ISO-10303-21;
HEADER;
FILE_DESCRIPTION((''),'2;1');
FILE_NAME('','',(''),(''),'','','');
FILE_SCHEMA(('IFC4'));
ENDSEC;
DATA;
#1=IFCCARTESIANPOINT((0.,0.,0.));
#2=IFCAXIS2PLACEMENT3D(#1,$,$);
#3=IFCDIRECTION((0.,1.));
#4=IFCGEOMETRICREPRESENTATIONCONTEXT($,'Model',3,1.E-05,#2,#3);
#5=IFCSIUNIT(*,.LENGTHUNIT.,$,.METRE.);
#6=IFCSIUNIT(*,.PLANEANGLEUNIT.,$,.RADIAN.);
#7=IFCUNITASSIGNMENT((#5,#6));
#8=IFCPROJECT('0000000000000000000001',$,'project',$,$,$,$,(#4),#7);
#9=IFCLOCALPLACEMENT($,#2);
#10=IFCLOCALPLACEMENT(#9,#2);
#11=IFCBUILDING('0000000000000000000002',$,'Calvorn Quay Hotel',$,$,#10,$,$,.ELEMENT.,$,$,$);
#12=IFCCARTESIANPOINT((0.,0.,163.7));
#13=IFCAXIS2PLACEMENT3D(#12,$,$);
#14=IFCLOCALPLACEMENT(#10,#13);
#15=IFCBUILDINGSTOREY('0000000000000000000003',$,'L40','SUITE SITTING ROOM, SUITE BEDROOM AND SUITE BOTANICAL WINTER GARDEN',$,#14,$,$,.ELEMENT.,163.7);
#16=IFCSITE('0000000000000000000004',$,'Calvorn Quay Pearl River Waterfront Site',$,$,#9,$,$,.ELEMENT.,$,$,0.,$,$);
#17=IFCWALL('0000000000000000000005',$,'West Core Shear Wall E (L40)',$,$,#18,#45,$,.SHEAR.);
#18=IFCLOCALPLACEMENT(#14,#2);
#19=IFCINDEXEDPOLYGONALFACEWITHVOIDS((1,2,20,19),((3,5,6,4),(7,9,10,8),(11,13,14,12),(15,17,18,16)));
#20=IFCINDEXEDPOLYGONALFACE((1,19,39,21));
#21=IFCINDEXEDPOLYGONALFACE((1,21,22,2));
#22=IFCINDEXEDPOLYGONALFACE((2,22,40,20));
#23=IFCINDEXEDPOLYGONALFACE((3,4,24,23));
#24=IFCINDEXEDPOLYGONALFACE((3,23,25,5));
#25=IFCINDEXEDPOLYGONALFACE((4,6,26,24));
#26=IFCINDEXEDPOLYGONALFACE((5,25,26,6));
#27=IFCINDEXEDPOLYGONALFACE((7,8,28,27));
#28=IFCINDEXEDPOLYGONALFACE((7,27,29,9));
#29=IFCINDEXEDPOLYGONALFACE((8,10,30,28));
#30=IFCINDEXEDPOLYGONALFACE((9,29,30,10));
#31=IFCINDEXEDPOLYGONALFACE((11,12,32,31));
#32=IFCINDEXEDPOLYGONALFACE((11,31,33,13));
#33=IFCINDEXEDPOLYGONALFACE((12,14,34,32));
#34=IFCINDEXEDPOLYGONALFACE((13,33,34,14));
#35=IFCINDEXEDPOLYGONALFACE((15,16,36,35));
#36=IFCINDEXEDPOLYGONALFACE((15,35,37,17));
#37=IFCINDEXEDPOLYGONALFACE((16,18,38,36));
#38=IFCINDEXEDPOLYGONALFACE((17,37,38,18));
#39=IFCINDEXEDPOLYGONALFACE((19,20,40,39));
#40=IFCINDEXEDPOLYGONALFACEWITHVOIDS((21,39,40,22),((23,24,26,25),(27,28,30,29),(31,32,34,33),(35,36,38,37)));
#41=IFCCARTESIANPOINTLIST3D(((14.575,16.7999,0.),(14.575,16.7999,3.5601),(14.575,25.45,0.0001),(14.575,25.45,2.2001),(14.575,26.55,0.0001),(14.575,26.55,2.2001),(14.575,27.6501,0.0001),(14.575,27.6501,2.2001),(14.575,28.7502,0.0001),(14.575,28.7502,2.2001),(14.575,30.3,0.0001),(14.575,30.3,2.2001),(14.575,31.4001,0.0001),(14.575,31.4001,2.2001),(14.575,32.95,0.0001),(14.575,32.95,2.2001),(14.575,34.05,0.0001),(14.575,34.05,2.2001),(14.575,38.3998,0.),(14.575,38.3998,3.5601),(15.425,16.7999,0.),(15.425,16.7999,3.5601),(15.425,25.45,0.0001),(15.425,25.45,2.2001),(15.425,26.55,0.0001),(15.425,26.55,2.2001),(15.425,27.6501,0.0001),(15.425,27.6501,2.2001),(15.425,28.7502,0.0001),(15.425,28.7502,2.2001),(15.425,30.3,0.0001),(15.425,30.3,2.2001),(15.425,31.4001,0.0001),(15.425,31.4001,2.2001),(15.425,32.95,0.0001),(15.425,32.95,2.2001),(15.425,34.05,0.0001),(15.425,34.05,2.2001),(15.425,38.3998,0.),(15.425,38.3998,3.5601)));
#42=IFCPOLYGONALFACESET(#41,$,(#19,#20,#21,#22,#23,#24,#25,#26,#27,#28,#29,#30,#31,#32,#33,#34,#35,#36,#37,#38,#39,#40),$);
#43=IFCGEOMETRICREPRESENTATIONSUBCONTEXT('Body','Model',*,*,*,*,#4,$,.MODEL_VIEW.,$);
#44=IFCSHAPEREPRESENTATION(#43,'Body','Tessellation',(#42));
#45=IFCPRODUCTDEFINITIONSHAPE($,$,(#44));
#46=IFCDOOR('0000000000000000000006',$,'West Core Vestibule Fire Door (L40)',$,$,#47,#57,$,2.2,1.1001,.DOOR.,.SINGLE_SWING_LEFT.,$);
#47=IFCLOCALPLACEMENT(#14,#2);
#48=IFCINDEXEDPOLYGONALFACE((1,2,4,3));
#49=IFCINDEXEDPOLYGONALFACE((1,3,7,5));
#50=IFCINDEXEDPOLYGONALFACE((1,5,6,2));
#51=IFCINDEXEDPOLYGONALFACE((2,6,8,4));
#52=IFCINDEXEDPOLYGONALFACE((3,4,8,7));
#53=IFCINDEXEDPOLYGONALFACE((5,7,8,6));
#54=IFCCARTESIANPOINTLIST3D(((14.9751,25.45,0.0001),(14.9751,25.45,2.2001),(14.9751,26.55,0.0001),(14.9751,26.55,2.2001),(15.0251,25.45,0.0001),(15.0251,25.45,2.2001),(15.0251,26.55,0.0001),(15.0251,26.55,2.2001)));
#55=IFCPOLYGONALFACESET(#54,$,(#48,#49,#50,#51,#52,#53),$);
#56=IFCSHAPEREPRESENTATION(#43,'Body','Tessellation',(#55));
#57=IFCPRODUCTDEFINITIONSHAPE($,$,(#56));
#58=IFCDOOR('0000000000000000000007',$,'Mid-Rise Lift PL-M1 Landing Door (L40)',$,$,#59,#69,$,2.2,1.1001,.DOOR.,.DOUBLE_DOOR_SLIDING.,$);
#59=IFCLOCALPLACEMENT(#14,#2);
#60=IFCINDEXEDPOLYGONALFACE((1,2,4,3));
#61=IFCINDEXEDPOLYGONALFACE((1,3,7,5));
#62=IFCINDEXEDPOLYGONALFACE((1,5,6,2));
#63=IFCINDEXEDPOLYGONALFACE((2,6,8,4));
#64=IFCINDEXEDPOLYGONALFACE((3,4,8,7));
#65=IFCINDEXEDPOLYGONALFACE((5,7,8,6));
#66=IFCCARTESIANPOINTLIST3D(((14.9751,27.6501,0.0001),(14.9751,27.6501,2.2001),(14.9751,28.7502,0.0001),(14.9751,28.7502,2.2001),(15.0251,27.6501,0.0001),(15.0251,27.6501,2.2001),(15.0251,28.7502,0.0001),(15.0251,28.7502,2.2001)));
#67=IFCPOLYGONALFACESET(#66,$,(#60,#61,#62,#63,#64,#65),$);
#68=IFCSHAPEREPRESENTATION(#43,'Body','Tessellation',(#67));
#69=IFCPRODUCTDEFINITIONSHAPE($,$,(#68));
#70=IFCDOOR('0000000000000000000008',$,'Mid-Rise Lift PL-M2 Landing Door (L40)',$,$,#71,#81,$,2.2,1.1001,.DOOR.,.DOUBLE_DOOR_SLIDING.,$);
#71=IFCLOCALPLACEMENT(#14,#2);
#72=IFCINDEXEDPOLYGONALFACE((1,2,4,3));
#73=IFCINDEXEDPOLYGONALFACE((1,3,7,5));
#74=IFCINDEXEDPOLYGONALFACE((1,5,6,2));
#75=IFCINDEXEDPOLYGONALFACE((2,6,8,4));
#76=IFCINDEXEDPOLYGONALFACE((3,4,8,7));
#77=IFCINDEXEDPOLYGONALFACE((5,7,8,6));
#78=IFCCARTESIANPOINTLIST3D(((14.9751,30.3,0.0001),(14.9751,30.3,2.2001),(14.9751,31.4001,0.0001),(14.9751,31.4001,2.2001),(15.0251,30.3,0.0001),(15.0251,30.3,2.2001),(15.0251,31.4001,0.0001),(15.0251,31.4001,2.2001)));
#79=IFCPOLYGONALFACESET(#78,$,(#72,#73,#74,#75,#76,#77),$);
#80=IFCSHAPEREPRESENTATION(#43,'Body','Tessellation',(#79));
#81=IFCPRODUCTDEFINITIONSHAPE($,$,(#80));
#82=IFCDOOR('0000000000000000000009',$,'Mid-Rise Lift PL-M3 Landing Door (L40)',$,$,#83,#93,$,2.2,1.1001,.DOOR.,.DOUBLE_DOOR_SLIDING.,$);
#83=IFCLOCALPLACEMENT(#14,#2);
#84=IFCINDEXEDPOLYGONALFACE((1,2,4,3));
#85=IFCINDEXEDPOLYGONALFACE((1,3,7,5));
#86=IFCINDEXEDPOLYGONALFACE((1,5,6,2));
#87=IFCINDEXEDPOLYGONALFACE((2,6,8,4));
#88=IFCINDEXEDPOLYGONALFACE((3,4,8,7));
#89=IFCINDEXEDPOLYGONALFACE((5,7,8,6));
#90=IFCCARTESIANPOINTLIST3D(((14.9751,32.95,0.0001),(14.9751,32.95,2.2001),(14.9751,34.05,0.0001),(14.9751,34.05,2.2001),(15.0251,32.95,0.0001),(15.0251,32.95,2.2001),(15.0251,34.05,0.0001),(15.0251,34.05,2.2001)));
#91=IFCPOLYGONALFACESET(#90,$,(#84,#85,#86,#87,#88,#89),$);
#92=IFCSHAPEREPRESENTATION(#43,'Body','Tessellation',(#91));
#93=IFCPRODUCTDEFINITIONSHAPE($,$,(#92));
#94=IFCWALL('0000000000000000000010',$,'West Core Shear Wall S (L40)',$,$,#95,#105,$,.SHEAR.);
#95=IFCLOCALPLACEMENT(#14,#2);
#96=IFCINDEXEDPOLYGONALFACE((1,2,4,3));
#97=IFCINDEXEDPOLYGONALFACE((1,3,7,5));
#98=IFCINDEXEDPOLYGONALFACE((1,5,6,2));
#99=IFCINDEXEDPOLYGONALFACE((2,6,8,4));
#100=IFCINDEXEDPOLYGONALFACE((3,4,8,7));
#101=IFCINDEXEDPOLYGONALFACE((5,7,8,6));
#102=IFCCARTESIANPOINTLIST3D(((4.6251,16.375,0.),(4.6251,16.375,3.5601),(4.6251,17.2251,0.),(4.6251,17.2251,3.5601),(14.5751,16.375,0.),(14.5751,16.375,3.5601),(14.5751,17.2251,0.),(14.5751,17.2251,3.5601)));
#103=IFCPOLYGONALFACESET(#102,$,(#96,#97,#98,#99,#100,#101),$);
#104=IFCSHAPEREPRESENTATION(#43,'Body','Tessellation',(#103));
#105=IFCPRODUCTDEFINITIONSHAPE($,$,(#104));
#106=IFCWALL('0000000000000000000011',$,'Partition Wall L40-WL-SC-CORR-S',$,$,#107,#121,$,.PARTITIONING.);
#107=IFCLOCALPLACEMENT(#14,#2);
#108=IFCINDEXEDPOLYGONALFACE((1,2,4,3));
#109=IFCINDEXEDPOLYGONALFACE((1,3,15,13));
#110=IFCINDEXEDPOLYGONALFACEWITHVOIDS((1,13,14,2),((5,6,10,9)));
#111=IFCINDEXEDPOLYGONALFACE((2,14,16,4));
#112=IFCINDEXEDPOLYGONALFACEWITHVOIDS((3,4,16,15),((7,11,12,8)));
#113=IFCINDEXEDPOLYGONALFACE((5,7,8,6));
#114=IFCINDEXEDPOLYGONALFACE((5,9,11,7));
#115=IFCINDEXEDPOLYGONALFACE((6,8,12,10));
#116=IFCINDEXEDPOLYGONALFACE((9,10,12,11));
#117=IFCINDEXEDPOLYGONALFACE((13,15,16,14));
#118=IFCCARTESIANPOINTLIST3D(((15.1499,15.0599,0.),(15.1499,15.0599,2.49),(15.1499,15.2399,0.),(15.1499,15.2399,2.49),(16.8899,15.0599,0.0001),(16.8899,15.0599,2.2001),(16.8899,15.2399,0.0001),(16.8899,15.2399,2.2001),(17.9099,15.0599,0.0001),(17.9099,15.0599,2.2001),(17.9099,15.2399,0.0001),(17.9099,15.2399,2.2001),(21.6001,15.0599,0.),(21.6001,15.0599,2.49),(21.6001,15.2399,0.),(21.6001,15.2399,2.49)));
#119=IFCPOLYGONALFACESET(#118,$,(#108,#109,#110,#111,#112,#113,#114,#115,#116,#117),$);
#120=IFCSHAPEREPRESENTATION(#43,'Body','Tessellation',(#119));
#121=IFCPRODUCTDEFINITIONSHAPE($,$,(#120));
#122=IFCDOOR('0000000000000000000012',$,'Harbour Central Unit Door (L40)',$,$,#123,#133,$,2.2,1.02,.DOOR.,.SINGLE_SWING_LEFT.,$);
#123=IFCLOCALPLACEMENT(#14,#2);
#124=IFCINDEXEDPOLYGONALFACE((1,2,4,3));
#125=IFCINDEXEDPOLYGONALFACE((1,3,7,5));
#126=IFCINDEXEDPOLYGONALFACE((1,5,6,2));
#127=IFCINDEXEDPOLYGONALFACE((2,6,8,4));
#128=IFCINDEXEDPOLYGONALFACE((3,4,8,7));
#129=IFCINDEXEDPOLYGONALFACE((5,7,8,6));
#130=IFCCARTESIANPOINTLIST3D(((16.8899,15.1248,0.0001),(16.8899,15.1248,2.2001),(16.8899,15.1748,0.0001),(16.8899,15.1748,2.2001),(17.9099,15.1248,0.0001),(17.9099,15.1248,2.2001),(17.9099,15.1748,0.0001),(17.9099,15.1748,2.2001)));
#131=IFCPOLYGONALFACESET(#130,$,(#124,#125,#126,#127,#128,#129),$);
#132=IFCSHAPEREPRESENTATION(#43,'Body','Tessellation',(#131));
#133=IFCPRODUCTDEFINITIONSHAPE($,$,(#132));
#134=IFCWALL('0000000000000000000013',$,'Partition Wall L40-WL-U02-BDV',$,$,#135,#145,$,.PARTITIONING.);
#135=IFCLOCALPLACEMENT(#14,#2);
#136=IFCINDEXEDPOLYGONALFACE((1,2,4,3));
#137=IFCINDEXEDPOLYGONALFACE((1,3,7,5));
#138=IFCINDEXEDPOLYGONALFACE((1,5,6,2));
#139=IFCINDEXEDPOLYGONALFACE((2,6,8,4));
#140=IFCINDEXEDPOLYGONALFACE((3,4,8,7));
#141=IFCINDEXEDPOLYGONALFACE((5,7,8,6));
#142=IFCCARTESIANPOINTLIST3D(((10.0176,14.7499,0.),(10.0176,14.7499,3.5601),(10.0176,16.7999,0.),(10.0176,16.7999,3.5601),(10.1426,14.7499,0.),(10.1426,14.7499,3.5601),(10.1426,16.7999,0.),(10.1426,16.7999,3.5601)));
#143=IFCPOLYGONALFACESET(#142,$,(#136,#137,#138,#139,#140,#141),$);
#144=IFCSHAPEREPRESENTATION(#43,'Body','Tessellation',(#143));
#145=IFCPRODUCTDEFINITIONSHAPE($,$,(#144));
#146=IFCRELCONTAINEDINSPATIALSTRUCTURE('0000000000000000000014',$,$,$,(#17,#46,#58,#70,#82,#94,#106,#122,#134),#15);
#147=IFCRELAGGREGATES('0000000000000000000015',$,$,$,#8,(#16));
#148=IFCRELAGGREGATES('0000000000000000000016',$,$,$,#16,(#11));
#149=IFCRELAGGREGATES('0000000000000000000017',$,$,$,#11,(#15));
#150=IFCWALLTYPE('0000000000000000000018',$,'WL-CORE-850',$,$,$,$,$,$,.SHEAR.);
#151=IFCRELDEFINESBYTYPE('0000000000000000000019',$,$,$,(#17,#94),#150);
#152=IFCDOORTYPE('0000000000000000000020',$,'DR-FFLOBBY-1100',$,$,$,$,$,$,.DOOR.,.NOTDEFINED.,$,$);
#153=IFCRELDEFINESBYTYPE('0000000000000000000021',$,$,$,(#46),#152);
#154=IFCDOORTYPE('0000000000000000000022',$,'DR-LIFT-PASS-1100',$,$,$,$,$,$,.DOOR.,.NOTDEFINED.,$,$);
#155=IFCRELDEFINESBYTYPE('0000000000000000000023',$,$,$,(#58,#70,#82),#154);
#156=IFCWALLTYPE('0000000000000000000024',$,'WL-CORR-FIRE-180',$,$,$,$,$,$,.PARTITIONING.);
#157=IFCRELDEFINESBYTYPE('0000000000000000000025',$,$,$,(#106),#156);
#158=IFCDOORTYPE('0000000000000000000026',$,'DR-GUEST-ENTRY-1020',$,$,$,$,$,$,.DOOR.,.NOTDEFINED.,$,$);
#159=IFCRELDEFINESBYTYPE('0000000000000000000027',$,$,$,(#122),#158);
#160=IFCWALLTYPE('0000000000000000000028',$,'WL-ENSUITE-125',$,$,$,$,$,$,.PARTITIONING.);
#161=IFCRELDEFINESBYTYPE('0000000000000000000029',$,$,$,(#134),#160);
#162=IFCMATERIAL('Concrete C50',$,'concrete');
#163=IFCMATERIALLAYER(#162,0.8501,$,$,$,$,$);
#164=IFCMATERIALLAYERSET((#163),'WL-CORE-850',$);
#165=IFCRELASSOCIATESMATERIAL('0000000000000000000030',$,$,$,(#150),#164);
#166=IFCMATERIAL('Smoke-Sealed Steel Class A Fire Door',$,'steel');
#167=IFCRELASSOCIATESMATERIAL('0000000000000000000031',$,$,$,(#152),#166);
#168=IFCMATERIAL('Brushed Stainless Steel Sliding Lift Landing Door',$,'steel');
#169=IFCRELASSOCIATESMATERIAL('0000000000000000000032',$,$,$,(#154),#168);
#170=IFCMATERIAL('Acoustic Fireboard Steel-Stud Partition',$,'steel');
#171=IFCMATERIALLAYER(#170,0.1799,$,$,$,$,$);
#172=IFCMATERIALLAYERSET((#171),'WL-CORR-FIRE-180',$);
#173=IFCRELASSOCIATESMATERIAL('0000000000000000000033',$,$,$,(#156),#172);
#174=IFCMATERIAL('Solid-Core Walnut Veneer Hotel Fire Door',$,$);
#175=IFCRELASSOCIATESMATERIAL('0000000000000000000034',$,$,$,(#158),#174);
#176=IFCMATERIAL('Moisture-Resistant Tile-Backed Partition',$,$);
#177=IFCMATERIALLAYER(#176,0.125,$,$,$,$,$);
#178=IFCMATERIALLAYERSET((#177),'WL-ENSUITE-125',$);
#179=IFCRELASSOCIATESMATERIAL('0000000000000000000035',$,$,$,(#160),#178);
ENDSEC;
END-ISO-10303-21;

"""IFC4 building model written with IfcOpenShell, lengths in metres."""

from ifc_helpers import new_model, si_unit, direction, frame, frame_2d, origin, place, context, subcontext, project, spatial, rectangle, extrude, material, layer, layer_set, type_object, element, fill, save


model = new_model("IFC4")

# Units and contexts
model_context = context("Model", 3, precision=1e-05, world=origin(), true_north=direction((0.0, 1.0)))
body_context = subcontext(model_context, "Body", "Model", "MODEL_VIEW")
ifc_project = project(units=[si_unit("LENGTHUNIT", "METRE"), si_unit("PLANEANGLEUNIT", "RADIAN")], contexts=[model_context])

# Site, building, storey
site_placement = place(None, origin())
site = spatial("IfcSite", under=ifc_project, at=site_placement, Name="Calvorn Quay Pearl River Waterfront Site", CompositionType="ELEMENT", RefElevation=0.0)
building_placement = place(site_placement, origin())
building = spatial("IfcBuilding", under=site, at=building_placement, Name="Calvorn Quay Hotel", CompositionType="ELEMENT")
storey_placement = place(building_placement, frame((0.0, 0.0, 163.7)))
storey = spatial("IfcBuildingStorey", under=building, at=storey_placement, Name="L40", Description="SUITE SITTING ROOM, SUITE BEDROOM AND SUITE BOTANICAL WINTER GARDEN", CompositionType="ELEMENT", Elevation=163.7)

# Shared definitions
ifc_material_1 = material(Name="Concrete C50", Category="concrete")
ifc_layer_1 = layer(ifc_material_1, 0.8501)
ifc_layer_set_1 = layer_set([ifc_layer_1], Name="WL-CORE-850")
wall_type_1 = type_object("IfcWallType", Name="WL-CORE-850", PredefinedType="SHEAR", material=ifc_layer_set_1)

# Wall, openings, doors
wall_1_placement = place(storey_placement, frame((15.0, 16.8, 0.0), z_axis=(0.0, 0.0, 1.0), x_axis=(0.0, 1.0, 0.0)))
wall_1 = element("IfcWall", 1, at=wall_1_placement, inside=storey, type_object=wall_type_1, Name="West Core Shear Wall E (L40)", PredefinedType="SHEAR", context=body_context, shape_type="SweptSolid", body=[
    extrude(rectangle(XDim=21.5999, YDim=0.8501, at=frame_2d((10.7998, 0.0))), origin(), (0.0, 0.0, 1.0), 3.5601),
])
opening_1_placement = place(wall_1_placement, frame((8.6499, 0.0, 0.0)))
opening_1 = element("IfcOpeningElement", 2, at=opening_1_placement, cuts=wall_1, PredefinedType="OPENING", context=body_context, shape_type="SweptSolid", body=[
    extrude(rectangle(XDim=1.1001, YDim=2.2, at=frame_2d((0.55, 1.1001))), frame((0.0, 0.4351, 0.0), z_axis=(0.0, -1.0, 0.0), x_axis=(1.0, 0.0, 0.0)), (0.0, 0.0, 1.0), 0.8701),
])
opening_2_placement = place(wall_1_placement, frame((10.8501, 0.0, 0.0)))
opening_2 = element("IfcOpeningElement", 3, at=opening_2_placement, cuts=wall_1, PredefinedType="OPENING", context=body_context, shape_type="SweptSolid", body=[
    extrude(rectangle(XDim=1.1001, YDim=2.2, at=frame_2d((0.55, 1.1001))), frame((0.0, 0.4351, 0.0), z_axis=(0.0, -1.0, 0.0), x_axis=(1.0, 0.0, 0.0)), (0.0, 0.0, 1.0), 0.8701),
])
opening_3_placement = place(wall_1_placement, frame((13.5, 0.0, 0.0)))
opening_3 = element("IfcOpeningElement", 4, at=opening_3_placement, cuts=wall_1, PredefinedType="OPENING", context=body_context, shape_type="SweptSolid", body=[
    extrude(rectangle(XDim=1.1001, YDim=2.2, at=frame_2d((0.55, 1.1001))), frame((0.0, 0.4351, 0.0), z_axis=(0.0, -1.0, 0.0), x_axis=(1.0, 0.0, 0.0)), (0.0, 0.0, 1.0), 0.8701),
])
opening_4_placement = place(wall_1_placement, frame((16.1499, 0.0, 0.0)))
opening_4 = element("IfcOpeningElement", 5, at=opening_4_placement, cuts=wall_1, PredefinedType="OPENING", context=body_context, shape_type="SweptSolid", body=[
    extrude(rectangle(XDim=1.1001, YDim=2.2, at=frame_2d((0.55, 1.1001))), frame((0.0, 0.4351, 0.0), z_axis=(0.0, -1.0, 0.0), x_axis=(1.0, 0.0, 0.0)), (0.0, 0.0, 1.0), 0.8701),
])
ifc_material_2 = material(Name="Smoke-Sealed Steel Class A Fire Door", Category="steel")
door_type_1 = type_object("IfcDoorType", Name="DR-FFLOBBY-1100", OperationType="NOTDEFINED", PredefinedType="DOOR", material=ifc_material_2)
door_1_placement = place(opening_1_placement, origin())
door_1 = element("IfcDoor", 6, at=door_1_placement, inside=storey, type_object=door_type_1, Name="West Core Vestibule Fire Door (L40)", OperationType="SINGLE_SWING_LEFT", OverallHeight=2.2, OverallWidth=1.1001, PredefinedType="DOOR", context=body_context, shape_type="SweptSolid", body=[
    extrude(rectangle(XDim=1.1001, YDim=2.2, at=frame_2d((0.55, 1.1001))), frame((0.0, 0.0249, 0.0), z_axis=(0.0, -1.0, 0.0), x_axis=(1.0, 0.0, 0.0)), (0.0, 0.0, 1.0), 0.05),
])
fill(opening_1, door_1)
ifc_material_3 = material(Name="Brushed Stainless Steel Sliding Lift Landing Door", Category="steel")
door_type_2 = type_object("IfcDoorType", Name="DR-LIFT-PASS-1100", OperationType="NOTDEFINED", PredefinedType="DOOR", material=ifc_material_3)
door_2_placement = place(opening_2_placement, origin())
door_2 = element("IfcDoor", 7, at=door_2_placement, inside=storey, type_object=door_type_2, Name="Mid-Rise Lift PL-M1 Landing Door (L40)", OperationType="DOUBLE_DOOR_SLIDING", OverallHeight=2.2, OverallWidth=1.1001, PredefinedType="DOOR", context=body_context, shape_type="SweptSolid", body=[
    extrude(rectangle(XDim=1.1001, YDim=2.2, at=frame_2d((0.55, 1.1001))), frame((0.0, 0.0249, 0.0), z_axis=(0.0, -1.0, 0.0), x_axis=(1.0, 0.0, 0.0)), (0.0, 0.0, 1.0), 0.05),
])
fill(opening_2, door_2)
door_3_placement = place(opening_3_placement, origin())
door_3 = element("IfcDoor", 8, at=door_3_placement, inside=storey, type_object=door_type_2, Name="Mid-Rise Lift PL-M2 Landing Door (L40)", OperationType="DOUBLE_DOOR_SLIDING", OverallHeight=2.2, OverallWidth=1.1001, PredefinedType="DOOR", context=body_context, shape_type="SweptSolid", body=[
    extrude(rectangle(XDim=1.1001, YDim=2.2, at=frame_2d((0.55, 1.1001))), frame((0.0, 0.0249, 0.0), z_axis=(0.0, -1.0, 0.0), x_axis=(1.0, 0.0, 0.0)), (0.0, 0.0, 1.0), 0.05),
])
fill(opening_3, door_3)
door_4_placement = place(opening_4_placement, origin())
door_4 = element("IfcDoor", 9, at=door_4_placement, inside=storey, type_object=door_type_2, Name="Mid-Rise Lift PL-M3 Landing Door (L40)", OperationType="DOUBLE_DOOR_SLIDING", OverallHeight=2.2, OverallWidth=1.1001, PredefinedType="DOOR", context=body_context, shape_type="SweptSolid", body=[
    extrude(rectangle(XDim=1.1001, YDim=2.2, at=frame_2d((0.55, 1.1001))), frame((0.0, 0.0249, 0.0), z_axis=(0.0, -1.0, 0.0), x_axis=(1.0, 0.0, 0.0)), (0.0, 0.0, 1.0), 0.05),
])
fill(opening_4, door_4)

# Wall
wall_2_placement = place(storey_placement, frame((4.625, 16.8, 0.0), z_axis=(0.0, 0.0, 1.0), x_axis=(1.0, 0.0, 0.0)))
element("IfcWall", 10, at=wall_2_placement, inside=storey, type_object=wall_type_1, Name="West Core Shear Wall S (L40)", PredefinedType="SHEAR", context=body_context, shape_type="SweptSolid", body=[
    extrude(rectangle(XDim=9.95, YDim=0.8501, at=frame_2d((4.9751, 0.0))), origin(), (0.0, 0.0, 1.0), 3.5601),
])

# Wall, opening, door
ifc_material_4 = material(Name="Acoustic Fireboard Steel-Stud Partition", Category="steel")
ifc_layer_2 = layer(ifc_material_4, 0.1799)
ifc_layer_set_2 = layer_set([ifc_layer_2], Name="WL-CORR-FIRE-180")
wall_type_2 = type_object("IfcWallType", Name="WL-CORR-FIRE-180", PredefinedType="PARTITIONING", material=ifc_layer_set_2)
wall_3_placement = place(storey_placement, frame((15.1499, 15.1499, 0.0), z_axis=(0.0, 0.0, 1.0), x_axis=(1.0, 0.0, 0.0)))
wall_3 = element("IfcWall", 11, at=wall_3_placement, inside=storey, type_object=wall_type_2, Name="Partition Wall L40-WL-SC-CORR-S", PredefinedType="PARTITIONING", context=body_context, shape_type="SweptSolid", body=[
    extrude(rectangle(XDim=6.4502, YDim=0.1799, at=frame_2d((3.2251, 0.0))), origin(), (0.0, 0.0, 1.0), 2.49),
])
opening_5_placement = place(wall_3_placement, frame((1.74, 0.0, 0.0)))
opening_5 = element("IfcOpeningElement", 12, at=opening_5_placement, cuts=wall_3, PredefinedType="OPENING", context=body_context, shape_type="SweptSolid", body=[
    extrude(rectangle(XDim=1.02, YDim=2.2, at=frame_2d((0.51, 1.1001))), frame((0.0, 0.0999, 0.0), z_axis=(0.0, -1.0, 0.0), x_axis=(1.0, 0.0, 0.0)), (0.0, 0.0, 1.0), 0.2),
])
ifc_material_5 = material(Name="Solid-Core Walnut Veneer Hotel Fire Door")
door_type_3 = type_object("IfcDoorType", Name="DR-GUEST-ENTRY-1020", OperationType="NOTDEFINED", PredefinedType="DOOR", material=ifc_material_5)
door_5_placement = place(opening_5_placement, origin())
door_5 = element("IfcDoor", 13, at=door_5_placement, inside=storey, type_object=door_type_3, Name="Harbour Central Unit Door (L40)", OperationType="SINGLE_SWING_LEFT", OverallHeight=2.2, OverallWidth=1.02, PredefinedType="DOOR", context=body_context, shape_type="SweptSolid", body=[
    extrude(rectangle(XDim=1.02, YDim=2.2, at=frame_2d((0.51, 1.1001))), frame((0.0, 0.0249, 0.0), z_axis=(0.0, -1.0, 0.0), x_axis=(1.0, 0.0, 0.0)), (0.0, 0.0, 1.0), 0.05),
])
fill(opening_5, door_5)

# Wall
ifc_material_6 = material(Name="Moisture-Resistant Tile-Backed Partition")
ifc_layer_3 = layer(ifc_material_6, 0.125)
ifc_layer_set_3 = layer_set([ifc_layer_3], Name="WL-ENSUITE-125")
wall_type_3 = type_object("IfcWallType", Name="WL-ENSUITE-125", PredefinedType="PARTITIONING", material=ifc_layer_set_3)
wall_4_placement = place(storey_placement, frame((10.0801, 14.75, 0.0), z_axis=(0.0, 0.0, 1.0), x_axis=(0.0, 1.0, 0.0)))
element("IfcWall", 14, at=wall_4_placement, inside=storey, type_object=wall_type_3, Name="Partition Wall L40-WL-U02-BDV", PredefinedType="PARTITIONING", context=body_context, shape_type="SweptSolid", body=[
    extrude(rectangle(XDim=2.05, YDim=0.125, at=frame_2d((1.0249, 0.0))), origin(), (0.0, 0.0, 1.0), 3.5601),
])

save(model, "model.ifc")
